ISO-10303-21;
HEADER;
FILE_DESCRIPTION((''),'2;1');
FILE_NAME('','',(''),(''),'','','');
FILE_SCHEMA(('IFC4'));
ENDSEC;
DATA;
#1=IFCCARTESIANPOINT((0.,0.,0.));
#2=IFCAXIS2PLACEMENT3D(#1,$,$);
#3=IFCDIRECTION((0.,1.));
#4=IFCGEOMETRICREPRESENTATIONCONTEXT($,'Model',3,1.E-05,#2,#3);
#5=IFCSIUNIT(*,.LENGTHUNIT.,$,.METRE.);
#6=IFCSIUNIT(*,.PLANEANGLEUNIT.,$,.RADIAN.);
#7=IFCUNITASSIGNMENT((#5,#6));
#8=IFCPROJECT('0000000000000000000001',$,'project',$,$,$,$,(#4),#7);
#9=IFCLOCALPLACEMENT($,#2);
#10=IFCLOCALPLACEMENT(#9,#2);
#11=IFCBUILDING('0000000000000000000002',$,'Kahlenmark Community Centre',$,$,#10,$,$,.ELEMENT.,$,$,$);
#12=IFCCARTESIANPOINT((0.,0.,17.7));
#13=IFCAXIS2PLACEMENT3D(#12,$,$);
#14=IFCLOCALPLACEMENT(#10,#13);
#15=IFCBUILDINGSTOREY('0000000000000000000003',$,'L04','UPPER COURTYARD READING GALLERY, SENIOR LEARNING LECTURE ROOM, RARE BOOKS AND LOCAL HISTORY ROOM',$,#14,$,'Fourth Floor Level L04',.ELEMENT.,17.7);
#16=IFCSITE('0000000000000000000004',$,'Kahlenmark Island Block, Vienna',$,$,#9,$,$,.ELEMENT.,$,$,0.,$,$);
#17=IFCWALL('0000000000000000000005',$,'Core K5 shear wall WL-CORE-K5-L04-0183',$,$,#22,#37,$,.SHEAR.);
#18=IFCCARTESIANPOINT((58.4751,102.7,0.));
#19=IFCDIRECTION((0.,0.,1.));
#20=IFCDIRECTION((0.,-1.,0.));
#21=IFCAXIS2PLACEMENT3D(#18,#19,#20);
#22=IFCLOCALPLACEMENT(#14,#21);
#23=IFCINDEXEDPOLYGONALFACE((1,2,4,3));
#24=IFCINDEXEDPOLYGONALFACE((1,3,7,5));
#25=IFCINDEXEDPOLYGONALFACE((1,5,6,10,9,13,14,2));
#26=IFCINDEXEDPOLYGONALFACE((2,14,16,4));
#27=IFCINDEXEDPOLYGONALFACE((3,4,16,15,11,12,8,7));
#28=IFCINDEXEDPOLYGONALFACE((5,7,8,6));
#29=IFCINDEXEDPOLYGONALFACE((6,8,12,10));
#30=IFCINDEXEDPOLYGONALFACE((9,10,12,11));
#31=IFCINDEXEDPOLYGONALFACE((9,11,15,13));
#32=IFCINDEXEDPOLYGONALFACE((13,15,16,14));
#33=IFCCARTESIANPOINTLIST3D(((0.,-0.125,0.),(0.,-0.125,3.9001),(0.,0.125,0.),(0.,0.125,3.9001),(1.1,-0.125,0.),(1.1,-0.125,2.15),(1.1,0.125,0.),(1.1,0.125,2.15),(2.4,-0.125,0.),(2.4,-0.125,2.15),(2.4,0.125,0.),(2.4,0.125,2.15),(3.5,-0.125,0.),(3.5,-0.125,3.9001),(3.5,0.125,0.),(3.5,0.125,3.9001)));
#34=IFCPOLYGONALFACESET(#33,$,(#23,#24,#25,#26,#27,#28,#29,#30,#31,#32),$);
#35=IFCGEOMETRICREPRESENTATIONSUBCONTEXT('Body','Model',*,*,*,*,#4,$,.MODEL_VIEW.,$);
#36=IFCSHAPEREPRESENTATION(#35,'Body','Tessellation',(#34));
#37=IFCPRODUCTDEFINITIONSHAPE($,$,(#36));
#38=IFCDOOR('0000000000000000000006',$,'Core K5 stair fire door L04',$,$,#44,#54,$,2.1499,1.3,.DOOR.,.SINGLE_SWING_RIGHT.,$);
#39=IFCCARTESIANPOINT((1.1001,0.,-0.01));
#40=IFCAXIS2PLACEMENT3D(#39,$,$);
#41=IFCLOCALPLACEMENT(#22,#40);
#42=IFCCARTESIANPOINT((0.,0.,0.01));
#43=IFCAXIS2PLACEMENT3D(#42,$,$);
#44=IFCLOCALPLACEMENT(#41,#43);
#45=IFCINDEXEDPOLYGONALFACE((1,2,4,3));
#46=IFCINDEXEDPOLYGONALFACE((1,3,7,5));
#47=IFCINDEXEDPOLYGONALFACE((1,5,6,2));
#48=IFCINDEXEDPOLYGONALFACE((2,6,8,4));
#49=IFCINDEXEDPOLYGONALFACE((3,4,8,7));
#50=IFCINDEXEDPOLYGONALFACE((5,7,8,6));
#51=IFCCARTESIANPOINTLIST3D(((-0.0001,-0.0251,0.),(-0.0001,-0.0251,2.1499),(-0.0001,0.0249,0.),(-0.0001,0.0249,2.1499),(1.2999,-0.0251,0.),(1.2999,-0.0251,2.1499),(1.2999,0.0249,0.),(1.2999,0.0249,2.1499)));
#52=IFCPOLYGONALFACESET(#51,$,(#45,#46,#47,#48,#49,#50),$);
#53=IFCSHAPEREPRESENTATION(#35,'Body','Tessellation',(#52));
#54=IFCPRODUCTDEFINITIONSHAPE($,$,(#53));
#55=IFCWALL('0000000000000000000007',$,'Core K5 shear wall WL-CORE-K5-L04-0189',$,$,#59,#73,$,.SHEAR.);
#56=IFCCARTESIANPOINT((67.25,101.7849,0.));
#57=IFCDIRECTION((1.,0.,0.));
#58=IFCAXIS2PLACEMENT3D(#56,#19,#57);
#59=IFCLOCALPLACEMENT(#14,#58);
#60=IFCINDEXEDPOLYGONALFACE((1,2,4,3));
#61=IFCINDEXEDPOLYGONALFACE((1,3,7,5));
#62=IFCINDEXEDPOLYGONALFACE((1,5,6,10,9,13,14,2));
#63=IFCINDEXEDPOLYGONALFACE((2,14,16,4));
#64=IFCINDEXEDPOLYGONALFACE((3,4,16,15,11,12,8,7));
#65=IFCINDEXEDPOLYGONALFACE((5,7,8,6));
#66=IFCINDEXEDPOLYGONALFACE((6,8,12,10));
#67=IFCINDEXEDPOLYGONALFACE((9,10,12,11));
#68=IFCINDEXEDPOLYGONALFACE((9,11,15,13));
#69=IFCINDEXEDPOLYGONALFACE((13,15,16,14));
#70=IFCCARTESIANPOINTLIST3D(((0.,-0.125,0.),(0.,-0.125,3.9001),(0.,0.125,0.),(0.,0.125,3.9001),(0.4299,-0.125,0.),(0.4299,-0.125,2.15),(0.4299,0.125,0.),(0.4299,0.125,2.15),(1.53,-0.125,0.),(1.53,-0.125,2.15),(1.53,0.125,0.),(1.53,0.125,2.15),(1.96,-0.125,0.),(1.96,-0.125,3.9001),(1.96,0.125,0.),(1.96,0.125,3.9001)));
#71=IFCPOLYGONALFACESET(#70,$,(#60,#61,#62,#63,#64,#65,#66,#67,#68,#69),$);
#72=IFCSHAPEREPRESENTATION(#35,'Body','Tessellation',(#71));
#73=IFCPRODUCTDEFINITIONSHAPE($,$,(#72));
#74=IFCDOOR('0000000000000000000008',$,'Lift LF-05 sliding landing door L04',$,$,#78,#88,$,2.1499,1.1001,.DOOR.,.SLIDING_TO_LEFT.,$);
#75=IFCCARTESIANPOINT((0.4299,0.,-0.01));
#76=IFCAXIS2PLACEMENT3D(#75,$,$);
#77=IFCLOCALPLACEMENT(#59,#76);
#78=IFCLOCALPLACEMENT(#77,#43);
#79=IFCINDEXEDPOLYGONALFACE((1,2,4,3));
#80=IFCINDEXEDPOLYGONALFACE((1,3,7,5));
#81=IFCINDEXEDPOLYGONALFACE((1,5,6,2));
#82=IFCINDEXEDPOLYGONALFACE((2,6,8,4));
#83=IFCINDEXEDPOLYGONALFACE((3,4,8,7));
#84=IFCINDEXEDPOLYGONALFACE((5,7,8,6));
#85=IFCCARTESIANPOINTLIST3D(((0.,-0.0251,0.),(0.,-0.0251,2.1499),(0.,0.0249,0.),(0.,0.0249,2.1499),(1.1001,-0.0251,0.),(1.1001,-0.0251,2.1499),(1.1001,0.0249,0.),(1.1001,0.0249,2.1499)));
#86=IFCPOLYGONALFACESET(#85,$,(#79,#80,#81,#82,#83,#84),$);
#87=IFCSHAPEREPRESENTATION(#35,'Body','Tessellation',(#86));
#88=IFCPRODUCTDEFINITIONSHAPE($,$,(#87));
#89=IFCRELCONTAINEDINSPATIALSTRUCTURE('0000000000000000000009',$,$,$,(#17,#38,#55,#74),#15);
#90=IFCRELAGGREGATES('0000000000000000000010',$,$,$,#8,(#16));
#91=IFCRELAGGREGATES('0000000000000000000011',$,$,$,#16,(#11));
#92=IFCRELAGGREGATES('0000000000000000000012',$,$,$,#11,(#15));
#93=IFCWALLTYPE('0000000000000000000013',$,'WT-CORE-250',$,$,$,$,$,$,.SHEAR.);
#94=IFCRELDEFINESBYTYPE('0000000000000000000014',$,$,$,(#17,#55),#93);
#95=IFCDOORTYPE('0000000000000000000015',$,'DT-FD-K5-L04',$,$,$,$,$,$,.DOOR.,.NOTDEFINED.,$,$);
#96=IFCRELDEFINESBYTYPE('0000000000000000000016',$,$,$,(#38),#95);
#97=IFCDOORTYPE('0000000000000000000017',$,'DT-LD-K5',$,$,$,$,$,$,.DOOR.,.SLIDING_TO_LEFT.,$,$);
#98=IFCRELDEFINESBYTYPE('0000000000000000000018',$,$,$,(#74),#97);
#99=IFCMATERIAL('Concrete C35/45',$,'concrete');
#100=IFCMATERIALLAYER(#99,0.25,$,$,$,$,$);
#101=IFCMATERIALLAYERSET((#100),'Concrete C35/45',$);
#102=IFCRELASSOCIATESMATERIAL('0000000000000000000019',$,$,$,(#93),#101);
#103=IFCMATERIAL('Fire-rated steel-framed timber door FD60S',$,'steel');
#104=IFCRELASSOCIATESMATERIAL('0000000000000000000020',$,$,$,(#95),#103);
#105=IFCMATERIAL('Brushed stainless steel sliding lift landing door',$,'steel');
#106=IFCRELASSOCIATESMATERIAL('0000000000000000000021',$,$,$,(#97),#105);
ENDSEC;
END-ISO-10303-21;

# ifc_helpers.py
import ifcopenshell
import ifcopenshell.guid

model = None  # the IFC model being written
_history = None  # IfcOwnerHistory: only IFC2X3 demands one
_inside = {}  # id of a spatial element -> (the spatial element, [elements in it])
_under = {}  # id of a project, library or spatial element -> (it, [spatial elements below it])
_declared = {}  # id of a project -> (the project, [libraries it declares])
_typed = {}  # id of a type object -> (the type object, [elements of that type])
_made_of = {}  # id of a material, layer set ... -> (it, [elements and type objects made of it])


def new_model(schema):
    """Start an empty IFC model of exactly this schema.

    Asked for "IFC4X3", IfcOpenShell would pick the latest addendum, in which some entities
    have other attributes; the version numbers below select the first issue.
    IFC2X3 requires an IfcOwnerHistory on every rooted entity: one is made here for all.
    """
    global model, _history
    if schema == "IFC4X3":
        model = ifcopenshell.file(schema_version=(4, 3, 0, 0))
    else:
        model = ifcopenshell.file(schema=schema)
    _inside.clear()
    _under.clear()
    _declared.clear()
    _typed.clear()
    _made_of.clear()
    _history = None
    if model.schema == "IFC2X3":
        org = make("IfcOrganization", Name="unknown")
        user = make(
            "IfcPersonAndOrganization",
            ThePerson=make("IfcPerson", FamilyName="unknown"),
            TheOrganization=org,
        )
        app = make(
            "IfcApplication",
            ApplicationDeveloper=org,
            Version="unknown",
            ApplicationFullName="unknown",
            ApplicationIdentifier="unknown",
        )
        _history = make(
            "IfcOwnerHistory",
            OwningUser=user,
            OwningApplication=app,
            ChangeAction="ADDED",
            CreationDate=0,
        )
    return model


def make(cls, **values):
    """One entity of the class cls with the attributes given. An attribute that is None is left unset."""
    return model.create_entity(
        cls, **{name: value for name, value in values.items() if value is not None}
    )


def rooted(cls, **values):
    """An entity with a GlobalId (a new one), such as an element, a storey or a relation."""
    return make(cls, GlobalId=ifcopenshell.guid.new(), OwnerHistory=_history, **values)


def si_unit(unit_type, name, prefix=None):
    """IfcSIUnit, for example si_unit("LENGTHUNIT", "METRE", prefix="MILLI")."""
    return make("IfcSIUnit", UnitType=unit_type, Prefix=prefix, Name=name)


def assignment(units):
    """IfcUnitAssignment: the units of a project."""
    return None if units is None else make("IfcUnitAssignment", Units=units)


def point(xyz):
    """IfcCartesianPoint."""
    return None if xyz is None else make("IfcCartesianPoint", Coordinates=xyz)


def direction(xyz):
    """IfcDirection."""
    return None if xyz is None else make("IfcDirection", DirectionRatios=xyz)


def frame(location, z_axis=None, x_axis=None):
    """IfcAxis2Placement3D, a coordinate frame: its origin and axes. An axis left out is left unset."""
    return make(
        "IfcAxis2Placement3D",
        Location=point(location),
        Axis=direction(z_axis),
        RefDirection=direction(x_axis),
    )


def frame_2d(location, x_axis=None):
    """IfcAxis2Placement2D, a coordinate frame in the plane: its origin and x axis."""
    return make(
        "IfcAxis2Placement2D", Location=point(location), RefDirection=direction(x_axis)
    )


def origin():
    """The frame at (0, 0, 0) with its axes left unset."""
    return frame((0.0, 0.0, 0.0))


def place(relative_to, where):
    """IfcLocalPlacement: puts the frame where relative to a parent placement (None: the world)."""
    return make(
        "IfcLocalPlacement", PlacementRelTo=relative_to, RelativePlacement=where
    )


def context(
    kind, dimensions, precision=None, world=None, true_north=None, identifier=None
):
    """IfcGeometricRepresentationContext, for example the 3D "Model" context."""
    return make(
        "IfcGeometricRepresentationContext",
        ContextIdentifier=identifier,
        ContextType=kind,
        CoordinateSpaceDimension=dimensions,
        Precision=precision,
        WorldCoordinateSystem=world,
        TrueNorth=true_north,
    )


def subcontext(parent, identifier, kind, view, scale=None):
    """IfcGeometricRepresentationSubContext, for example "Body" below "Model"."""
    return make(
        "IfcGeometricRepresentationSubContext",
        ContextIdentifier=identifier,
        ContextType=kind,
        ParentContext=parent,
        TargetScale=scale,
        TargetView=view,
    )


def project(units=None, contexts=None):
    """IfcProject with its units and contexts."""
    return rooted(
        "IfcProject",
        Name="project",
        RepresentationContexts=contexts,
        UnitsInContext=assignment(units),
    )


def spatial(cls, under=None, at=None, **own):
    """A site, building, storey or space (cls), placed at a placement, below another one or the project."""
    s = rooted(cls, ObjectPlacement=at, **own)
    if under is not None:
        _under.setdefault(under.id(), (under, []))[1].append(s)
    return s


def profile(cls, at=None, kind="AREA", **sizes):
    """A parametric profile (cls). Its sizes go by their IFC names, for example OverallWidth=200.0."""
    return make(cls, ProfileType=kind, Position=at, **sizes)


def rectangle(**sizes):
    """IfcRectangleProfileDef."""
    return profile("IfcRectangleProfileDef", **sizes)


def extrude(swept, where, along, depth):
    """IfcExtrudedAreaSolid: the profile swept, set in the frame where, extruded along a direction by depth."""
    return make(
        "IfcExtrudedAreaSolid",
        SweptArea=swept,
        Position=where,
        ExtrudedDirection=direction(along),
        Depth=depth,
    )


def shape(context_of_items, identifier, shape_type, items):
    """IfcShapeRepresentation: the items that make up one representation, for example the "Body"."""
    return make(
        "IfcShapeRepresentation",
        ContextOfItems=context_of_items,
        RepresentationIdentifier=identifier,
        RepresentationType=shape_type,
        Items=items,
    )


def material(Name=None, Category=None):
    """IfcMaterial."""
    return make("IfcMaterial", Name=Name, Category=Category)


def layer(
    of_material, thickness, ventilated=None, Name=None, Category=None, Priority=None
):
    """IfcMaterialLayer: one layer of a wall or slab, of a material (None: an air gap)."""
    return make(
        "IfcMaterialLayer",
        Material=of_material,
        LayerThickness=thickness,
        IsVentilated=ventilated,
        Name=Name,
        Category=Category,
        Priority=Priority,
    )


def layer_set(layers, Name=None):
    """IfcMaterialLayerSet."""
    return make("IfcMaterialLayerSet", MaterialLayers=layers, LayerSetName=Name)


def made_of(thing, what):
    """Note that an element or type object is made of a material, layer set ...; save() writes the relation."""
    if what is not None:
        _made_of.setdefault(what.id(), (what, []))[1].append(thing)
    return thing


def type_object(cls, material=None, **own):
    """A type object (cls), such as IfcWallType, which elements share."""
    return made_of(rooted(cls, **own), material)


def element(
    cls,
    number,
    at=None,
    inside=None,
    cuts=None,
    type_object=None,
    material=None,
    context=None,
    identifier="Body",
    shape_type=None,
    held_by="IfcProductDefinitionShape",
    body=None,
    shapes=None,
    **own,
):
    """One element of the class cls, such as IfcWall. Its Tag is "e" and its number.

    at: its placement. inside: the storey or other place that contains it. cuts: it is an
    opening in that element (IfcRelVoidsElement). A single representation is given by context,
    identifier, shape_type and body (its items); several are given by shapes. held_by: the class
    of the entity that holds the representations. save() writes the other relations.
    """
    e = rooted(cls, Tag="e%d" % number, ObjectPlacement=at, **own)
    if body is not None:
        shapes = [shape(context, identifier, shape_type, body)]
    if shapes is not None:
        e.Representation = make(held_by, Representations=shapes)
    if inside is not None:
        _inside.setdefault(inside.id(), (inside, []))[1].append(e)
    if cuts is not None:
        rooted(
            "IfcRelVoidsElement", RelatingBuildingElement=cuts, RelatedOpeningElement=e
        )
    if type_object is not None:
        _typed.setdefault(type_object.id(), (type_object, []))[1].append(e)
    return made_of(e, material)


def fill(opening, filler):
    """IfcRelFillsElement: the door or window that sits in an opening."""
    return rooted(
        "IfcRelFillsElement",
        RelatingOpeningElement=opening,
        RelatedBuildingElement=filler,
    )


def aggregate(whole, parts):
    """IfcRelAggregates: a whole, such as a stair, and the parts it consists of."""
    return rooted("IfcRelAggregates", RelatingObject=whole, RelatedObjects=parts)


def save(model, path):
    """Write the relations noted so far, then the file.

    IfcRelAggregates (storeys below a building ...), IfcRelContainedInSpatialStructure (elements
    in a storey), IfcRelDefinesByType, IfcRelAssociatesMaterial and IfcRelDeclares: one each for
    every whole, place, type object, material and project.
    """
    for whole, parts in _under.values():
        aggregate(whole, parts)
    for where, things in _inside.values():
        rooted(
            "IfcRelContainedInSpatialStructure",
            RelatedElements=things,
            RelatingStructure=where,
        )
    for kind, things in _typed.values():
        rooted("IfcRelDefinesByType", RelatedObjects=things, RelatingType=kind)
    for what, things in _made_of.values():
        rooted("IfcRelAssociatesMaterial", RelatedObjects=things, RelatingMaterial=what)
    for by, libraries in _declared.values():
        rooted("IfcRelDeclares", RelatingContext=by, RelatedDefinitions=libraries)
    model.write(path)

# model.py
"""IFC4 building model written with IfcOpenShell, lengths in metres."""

from ifc_helpers import new_model, si_unit, direction, frame, frame_2d, origin, place, context, subcontext, project, spatial, rectangle, extrude, material, layer, layer_set, type_object, element, fill, save


model = new_model("IFC4")

# Units and contexts
model_context = context("Model", 3, precision=1e-05, world=origin(), true_north=direction((0.0, 1.0)))
body_context = subcontext(model_context, "Body", "Model", "MODEL_VIEW")
ifc_project = project(units=[si_unit("LENGTHUNIT", "METRE"), si_unit("PLANEANGLEUNIT", "RADIAN")], contexts=[model_context])

# Site, building, storey
site_placement = place(None, origin())
site = spatial("IfcSite", under=ifc_project, at=site_placement, Name="Kahlenmark Island Block, Vienna", CompositionType="ELEMENT", RefElevation=0.0)
building_placement = place(site_placement, origin())
building = spatial("IfcBuilding", under=site, at=building_placement, Name="Kahlenmark Community Centre", CompositionType="ELEMENT")
storey_placement = place(building_placement, frame((0.0, 0.0, 17.7)))
storey = spatial("IfcBuildingStorey", under=building, at=storey_placement, Name="L04", Description="UPPER COURTYARD READING GALLERY, SENIOR LEARNING LECTURE ROOM, RARE BOOKS AND LOCAL HISTORY ROOM", LongName="Fourth Floor Level L04", CompositionType="ELEMENT", Elevation=17.7)

# Wall, opening, door
ifc_material_1 = material(Name="Concrete C35/45", Category="concrete")
ifc_layer_1 = layer(ifc_material_1, 0.25)
ifc_layer_set_1 = layer_set([ifc_layer_1], Name="Concrete C35/45")
wall_type_1 = type_object("IfcWallType", Name="WT-CORE-250", PredefinedType="SHEAR", material=ifc_layer_set_1)
wall_1_placement = place(storey_placement, frame((58.4751, 102.7, 0.0), z_axis=(0.0, 0.0, 1.0), x_axis=(0.0, -1.0, 0.0)))
wall_1 = element("IfcWall", 1, at=wall_1_placement, inside=storey, type_object=wall_type_1, Name="Core K5 shear wall WL-CORE-K5-L04-0183", PredefinedType="SHEAR", context=body_context, shape_type="SweptSolid", body=[
    extrude(rectangle(XDim=3.5, YDim=0.25, at=frame_2d((1.75, 0.0))), origin(), (0.0, 0.0, 1.0), 3.9001),
])
opening_1_placement = place(wall_1_placement, frame((1.1001, 0.0, -0.01)))
opening_1 = element("IfcOpeningElement", 2, at=opening_1_placement, cuts=wall_1, PredefinedType="OPENING", context=body_context, shape_type="SweptSolid", body=[
    extrude(rectangle(XDim=1.3, YDim=2.1599, at=frame_2d((0.6499, 1.0801))), frame((0.0, 0.135, 0.0), z_axis=(0.0, -1.0, 0.0), x_axis=(1.0, 0.0, 0.0)), (0.0, 0.0, 1.0), 0.27),
])
ifc_material_2 = material(Name="Fire-rated steel-framed timber door FD60S", Category="steel")
door_type_1 = type_object("IfcDoorType", Name="DT-FD-K5-L04", OperationType="NOTDEFINED", PredefinedType="DOOR", material=ifc_material_2)
door_1_placement = place(opening_1_placement, frame((0.0, 0.0, 0.01)))
door_1 = element("IfcDoor", 3, at=door_1_placement, inside=storey, type_object=door_type_1, Name="Core K5 stair fire door L04", OperationType="SINGLE_SWING_RIGHT", OverallHeight=2.1499, OverallWidth=1.3, PredefinedType="DOOR", context=body_context, shape_type="SweptSolid", body=[
    extrude(rectangle(XDim=1.3, YDim=2.1499, at=frame_2d((0.6499, 1.075))), frame((0.0, 0.0249, 0.0), z_axis=(0.0, -1.0, 0.0), x_axis=(1.0, 0.0, 0.0)), (0.0, 0.0, 1.0), 0.05),
])
fill(opening_1, door_1)

# Wall, opening, door
wall_2_placement = place(storey_placement, frame((67.25, 101.7849, 0.0), z_axis=(0.0, 0.0, 1.0), x_axis=(1.0, 0.0, 0.0)))
wall_2 = element("IfcWall", 4, at=wall_2_placement, inside=storey, type_object=wall_type_1, Name="Core K5 shear wall WL-CORE-K5-L04-0189", PredefinedType="SHEAR", context=body_context, shape_type="SweptSolid", body=[
    extrude(rectangle(XDim=1.96, YDim=0.25, at=frame_2d((0.98, 0.0))), origin(), (0.0, 0.0, 1.0), 3.9001),
])
opening_2_placement = place(wall_2_placement, frame((0.4299, 0.0, -0.01)))
opening_2 = element("IfcOpeningElement", 5, at=opening_2_placement, cuts=wall_2, PredefinedType="OPENING", context=body_context, shape_type="SweptSolid", body=[
    extrude(rectangle(XDim=1.1001, YDim=2.1599, at=frame_2d((0.55, 1.0801))), frame((0.0, 0.135, 0.0), z_axis=(0.0, -1.0, 0.0), x_axis=(1.0, 0.0, 0.0)), (0.0, 0.0, 1.0), 0.27),
])
ifc_material_3 = material(Name="Brushed stainless steel sliding lift landing door", Category="steel")
door_type_2 = type_object("IfcDoorType", Name="DT-LD-K5", OperationType="SLIDING_TO_LEFT", PredefinedType="DOOR", material=ifc_material_3)
door_2_placement = place(opening_2_placement, frame((0.0, 0.0, 0.01)))
door_2 = element("IfcDoor", 6, at=door_2_placement, inside=storey, type_object=door_type_2, Name="Lift LF-05 sliding landing door L04", OperationType="SLIDING_TO_LEFT", OverallHeight=2.1499, OverallWidth=1.1001, PredefinedType="DOOR", context=body_context, shape_type="SweptSolid", body=[
    extrude(rectangle(XDim=1.1001, YDim=2.1499, at=frame_2d((0.55, 1.075))), frame((0.0, 0.0249, 0.0), z_axis=(0.0, -1.0, 0.0), x_axis=(1.0, 0.0, 0.0)), (0.0, 0.0, 1.0), 0.05),
])
fill(opening_2, door_2)

save(model, "model.ifc")
